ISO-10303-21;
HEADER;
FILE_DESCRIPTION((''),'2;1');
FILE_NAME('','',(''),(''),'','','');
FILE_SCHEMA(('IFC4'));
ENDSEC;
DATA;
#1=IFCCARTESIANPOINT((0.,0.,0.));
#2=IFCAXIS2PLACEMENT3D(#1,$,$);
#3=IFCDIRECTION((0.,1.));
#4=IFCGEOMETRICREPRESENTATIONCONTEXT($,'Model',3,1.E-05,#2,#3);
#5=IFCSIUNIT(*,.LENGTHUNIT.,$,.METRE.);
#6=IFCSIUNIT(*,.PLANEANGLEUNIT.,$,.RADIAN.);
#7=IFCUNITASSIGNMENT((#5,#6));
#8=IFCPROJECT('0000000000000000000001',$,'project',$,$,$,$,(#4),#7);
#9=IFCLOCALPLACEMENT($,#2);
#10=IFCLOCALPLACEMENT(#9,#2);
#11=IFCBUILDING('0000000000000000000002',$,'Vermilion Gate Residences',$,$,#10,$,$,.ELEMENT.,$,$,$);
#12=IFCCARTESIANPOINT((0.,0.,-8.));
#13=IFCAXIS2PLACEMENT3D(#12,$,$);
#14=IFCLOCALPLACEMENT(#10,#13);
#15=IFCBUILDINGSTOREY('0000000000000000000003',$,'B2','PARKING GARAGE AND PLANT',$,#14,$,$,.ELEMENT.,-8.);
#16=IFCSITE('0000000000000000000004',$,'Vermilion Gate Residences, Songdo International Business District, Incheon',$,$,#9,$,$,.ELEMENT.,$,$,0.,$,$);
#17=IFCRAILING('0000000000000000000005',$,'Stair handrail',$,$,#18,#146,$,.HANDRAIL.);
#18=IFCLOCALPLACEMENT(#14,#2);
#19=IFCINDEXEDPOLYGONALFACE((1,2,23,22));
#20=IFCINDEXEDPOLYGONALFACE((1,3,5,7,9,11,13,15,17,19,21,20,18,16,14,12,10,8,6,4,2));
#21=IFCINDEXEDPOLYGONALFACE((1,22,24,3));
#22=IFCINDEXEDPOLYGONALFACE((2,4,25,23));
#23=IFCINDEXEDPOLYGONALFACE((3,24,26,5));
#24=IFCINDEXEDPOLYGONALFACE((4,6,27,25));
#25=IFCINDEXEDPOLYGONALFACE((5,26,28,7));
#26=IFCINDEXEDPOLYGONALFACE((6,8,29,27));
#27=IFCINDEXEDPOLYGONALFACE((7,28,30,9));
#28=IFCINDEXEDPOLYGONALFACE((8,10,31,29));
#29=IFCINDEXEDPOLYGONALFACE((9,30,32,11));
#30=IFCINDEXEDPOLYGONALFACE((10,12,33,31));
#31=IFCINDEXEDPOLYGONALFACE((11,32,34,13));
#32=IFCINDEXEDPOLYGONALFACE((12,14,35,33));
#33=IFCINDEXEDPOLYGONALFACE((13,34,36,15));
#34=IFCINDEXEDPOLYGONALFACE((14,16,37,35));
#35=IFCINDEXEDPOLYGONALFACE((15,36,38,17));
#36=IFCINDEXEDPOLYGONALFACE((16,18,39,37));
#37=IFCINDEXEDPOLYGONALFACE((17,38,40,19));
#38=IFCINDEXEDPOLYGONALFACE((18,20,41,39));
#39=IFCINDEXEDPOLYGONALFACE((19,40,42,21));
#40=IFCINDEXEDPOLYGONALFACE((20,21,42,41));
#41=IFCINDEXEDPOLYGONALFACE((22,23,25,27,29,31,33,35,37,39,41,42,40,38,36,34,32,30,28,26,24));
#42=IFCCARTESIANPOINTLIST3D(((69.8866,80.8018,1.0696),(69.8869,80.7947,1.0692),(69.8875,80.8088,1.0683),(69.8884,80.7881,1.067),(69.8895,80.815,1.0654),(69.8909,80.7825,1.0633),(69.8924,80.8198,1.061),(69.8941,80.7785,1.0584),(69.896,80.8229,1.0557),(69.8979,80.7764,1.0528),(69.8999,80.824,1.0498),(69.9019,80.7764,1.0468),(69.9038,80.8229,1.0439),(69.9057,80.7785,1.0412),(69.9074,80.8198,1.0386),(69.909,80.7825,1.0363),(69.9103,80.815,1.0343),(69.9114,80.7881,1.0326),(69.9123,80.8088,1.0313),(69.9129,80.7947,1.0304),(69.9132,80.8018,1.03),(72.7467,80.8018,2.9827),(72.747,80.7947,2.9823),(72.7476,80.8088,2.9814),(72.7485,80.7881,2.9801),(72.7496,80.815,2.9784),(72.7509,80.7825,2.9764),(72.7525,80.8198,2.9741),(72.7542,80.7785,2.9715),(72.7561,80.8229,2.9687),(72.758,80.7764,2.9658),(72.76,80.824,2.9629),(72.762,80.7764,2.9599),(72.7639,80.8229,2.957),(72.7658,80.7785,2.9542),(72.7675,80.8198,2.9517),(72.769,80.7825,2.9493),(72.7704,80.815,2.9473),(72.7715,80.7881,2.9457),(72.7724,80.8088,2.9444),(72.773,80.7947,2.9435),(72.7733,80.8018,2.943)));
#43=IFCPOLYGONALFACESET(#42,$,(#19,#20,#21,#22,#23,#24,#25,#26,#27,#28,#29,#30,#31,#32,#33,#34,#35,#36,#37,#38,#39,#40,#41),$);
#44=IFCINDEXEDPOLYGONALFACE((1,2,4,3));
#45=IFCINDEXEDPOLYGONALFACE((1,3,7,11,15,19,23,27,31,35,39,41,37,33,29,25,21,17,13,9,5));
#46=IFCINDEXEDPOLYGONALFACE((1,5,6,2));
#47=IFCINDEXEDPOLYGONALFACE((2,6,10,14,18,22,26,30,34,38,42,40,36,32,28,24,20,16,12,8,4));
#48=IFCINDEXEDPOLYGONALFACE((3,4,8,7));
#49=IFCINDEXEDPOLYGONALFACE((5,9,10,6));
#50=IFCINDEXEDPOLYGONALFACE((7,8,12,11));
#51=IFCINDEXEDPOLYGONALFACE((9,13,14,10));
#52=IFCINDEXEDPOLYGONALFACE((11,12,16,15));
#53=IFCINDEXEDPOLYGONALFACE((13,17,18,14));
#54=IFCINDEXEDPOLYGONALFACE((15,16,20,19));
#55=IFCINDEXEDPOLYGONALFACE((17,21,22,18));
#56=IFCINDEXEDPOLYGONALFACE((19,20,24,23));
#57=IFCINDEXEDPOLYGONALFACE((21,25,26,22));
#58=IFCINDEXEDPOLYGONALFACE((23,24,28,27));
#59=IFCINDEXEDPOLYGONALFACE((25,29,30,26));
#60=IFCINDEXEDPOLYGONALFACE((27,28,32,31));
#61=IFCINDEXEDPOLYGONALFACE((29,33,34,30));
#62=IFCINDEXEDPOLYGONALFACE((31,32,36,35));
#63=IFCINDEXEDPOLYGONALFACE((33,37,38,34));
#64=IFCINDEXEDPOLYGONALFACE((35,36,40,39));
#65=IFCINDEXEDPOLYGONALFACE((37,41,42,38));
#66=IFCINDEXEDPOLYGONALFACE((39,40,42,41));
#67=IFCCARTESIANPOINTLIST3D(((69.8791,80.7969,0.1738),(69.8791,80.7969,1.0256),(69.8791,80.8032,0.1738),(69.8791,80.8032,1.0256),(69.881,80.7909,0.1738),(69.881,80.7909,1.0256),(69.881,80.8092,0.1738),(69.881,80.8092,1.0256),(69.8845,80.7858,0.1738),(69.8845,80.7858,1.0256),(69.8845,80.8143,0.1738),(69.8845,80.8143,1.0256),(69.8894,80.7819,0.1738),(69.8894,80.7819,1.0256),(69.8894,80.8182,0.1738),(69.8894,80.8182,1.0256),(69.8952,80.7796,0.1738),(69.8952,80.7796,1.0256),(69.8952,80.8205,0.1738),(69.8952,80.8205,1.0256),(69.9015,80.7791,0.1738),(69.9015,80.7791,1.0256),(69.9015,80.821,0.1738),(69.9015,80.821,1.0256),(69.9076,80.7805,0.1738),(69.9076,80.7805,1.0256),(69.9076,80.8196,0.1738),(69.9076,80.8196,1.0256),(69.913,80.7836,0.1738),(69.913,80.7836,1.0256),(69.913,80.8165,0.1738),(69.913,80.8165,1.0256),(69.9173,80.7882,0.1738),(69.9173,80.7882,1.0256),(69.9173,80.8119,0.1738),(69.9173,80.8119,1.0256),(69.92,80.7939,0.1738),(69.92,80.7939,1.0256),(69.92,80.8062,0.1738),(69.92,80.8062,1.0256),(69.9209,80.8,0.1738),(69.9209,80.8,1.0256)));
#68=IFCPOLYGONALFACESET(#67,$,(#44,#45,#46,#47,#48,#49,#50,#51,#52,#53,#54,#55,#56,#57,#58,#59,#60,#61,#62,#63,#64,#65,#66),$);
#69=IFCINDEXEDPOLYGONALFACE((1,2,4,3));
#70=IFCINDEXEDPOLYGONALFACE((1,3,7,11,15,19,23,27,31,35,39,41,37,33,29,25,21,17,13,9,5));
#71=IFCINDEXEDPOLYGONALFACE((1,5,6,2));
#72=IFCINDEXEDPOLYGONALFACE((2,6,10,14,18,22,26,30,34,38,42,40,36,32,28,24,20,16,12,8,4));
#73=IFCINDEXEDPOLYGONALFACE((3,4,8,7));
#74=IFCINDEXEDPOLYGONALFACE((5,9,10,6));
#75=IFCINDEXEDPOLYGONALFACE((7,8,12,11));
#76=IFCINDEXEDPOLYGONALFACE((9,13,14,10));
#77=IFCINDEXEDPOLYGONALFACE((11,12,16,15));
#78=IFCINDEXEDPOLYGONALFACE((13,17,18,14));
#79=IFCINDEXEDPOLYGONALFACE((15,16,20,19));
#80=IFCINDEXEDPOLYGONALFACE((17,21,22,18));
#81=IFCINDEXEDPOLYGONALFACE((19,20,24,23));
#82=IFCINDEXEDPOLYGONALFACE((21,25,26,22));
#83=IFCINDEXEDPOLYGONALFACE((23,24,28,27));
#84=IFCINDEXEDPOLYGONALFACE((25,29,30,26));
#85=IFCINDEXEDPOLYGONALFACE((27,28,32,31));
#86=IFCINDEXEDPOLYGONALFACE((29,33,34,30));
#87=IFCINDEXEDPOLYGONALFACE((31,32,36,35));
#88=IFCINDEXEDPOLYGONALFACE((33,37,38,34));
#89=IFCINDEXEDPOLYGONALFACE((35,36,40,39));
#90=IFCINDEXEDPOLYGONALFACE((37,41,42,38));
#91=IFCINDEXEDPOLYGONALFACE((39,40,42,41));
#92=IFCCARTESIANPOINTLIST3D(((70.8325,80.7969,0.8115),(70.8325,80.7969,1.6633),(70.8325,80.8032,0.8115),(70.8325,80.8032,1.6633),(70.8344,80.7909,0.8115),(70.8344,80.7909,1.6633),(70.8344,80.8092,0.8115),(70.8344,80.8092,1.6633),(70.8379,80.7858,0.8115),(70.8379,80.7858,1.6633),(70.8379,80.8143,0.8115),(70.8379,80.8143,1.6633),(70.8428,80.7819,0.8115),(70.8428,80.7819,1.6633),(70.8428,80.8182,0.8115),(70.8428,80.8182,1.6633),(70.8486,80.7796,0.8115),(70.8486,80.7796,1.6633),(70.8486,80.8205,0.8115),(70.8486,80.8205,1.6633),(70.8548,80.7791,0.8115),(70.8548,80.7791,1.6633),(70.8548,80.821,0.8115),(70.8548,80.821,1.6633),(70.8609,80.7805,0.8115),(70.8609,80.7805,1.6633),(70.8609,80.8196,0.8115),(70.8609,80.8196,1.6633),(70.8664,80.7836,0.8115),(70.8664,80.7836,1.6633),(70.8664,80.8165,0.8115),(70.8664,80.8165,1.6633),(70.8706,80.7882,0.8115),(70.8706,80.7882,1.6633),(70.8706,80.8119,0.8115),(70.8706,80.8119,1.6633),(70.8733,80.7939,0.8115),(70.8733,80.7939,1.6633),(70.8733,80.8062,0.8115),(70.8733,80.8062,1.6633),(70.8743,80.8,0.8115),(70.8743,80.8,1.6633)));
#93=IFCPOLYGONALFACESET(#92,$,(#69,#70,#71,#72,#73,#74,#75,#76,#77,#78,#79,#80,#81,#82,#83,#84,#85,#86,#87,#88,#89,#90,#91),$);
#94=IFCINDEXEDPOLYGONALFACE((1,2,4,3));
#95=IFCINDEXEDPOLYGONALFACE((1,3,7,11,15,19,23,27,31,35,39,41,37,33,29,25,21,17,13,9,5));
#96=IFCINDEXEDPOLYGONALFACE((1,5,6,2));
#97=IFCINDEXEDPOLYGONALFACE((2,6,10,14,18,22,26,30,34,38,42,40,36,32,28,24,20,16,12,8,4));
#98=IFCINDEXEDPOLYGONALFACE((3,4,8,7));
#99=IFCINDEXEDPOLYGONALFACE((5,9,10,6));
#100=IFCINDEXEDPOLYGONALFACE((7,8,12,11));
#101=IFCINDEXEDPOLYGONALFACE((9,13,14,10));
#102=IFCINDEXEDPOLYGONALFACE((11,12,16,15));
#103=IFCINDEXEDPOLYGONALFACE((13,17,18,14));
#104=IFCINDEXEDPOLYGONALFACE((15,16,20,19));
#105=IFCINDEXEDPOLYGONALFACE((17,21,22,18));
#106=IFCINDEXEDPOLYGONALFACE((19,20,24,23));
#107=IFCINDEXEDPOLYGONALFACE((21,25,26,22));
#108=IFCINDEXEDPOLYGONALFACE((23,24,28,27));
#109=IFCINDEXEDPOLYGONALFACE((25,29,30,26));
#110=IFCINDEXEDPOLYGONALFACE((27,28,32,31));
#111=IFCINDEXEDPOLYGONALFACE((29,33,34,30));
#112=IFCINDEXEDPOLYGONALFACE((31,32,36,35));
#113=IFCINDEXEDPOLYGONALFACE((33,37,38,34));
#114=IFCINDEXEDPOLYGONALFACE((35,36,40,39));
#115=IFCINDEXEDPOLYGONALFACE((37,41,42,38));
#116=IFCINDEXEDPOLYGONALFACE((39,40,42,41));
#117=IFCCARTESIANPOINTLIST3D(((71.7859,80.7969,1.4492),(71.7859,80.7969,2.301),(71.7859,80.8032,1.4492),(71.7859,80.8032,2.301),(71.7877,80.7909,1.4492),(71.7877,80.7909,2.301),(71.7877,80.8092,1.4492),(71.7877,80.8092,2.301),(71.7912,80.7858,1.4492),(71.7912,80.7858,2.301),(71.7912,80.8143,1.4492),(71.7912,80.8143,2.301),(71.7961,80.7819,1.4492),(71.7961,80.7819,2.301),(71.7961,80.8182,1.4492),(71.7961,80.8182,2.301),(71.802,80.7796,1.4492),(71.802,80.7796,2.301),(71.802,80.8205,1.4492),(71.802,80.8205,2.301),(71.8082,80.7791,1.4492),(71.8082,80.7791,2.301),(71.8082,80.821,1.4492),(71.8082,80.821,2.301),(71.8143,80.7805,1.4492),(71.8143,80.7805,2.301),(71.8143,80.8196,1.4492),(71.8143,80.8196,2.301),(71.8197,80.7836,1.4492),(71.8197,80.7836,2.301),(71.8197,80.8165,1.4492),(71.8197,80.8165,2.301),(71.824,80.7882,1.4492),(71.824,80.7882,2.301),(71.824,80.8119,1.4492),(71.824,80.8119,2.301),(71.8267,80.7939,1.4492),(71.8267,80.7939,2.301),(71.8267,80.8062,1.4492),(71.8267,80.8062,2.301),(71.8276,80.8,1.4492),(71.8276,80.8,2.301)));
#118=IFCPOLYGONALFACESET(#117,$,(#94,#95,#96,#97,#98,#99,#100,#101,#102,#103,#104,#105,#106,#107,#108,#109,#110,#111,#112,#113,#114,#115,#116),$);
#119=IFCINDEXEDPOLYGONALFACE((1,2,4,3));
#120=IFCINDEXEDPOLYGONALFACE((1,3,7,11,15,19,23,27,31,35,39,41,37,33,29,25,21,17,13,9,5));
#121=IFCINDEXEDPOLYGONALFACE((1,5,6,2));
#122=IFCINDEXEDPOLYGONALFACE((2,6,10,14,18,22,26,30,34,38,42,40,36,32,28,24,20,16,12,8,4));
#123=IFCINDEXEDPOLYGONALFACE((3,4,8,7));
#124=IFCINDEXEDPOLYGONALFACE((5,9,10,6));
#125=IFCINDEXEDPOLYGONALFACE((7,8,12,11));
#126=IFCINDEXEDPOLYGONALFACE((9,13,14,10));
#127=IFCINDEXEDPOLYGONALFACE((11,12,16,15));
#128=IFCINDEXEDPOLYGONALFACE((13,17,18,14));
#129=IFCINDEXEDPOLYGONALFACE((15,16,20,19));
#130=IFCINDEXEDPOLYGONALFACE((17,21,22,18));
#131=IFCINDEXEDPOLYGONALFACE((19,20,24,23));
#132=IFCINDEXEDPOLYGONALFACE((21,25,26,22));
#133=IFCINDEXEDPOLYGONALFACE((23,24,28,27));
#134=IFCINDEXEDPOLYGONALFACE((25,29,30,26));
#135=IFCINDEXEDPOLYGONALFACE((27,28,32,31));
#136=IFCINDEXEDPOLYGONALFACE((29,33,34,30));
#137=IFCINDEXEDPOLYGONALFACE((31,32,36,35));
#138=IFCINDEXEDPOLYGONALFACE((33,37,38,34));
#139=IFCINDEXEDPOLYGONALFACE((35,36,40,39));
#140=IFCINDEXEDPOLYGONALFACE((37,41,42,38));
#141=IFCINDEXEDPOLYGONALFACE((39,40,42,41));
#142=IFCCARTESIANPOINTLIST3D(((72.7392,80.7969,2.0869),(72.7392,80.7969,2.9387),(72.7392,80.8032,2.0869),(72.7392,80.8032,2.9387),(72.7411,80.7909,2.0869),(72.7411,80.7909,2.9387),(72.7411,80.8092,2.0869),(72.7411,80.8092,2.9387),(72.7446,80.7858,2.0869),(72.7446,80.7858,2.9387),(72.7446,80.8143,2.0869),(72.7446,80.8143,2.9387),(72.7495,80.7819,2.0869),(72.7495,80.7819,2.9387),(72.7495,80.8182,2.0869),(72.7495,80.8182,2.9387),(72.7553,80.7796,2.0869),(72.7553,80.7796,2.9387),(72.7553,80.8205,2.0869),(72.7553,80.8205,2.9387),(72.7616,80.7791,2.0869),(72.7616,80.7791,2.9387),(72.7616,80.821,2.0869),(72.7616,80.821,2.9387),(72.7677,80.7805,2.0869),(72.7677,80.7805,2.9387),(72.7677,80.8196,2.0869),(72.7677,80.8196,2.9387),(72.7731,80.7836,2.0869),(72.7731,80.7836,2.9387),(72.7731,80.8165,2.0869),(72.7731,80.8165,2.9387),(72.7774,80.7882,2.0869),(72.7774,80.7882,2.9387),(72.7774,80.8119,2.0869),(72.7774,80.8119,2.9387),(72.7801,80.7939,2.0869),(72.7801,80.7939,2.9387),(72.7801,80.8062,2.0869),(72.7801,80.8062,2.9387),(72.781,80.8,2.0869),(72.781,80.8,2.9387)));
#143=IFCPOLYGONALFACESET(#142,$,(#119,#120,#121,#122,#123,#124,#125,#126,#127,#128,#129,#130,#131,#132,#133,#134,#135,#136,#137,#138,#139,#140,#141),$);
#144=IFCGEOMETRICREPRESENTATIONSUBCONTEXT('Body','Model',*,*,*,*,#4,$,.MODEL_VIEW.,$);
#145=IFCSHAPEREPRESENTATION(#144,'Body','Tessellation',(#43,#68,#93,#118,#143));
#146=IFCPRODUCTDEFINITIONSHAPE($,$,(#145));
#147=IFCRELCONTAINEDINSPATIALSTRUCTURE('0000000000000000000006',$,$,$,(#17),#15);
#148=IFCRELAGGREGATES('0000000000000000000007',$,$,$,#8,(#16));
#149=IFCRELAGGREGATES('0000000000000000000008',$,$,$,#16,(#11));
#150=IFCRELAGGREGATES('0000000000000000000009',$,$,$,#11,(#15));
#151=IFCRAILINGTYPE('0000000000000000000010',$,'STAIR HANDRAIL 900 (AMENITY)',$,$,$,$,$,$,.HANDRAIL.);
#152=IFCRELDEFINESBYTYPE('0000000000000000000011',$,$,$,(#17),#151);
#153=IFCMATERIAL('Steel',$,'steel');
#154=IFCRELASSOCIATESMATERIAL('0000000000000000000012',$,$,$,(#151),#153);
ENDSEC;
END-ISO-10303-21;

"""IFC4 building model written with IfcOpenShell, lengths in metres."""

from ifc_helpers import new_model, si_unit, direction, frame, origin, origin_2d, place, context, subcontext, project, spatial, circle, extrude, material, type_object, element, save


model = new_model("IFC4")

# Units and contexts
model_context = context("Model", 3, precision=1e-05, world=origin(), true_north=direction((0.0, 1.0)))
body_context = subcontext(model_context, "Body", "Model", "MODEL_VIEW")
ifc_project = project(units=[si_unit("LENGTHUNIT", "METRE"), si_unit("PLANEANGLEUNIT", "RADIAN")], contexts=[model_context])

# Site, building, storey
site_placement = place(None, origin())
site = spatial("IfcSite", under=ifc_project, at=site_placement, Name="Vermilion Gate Residences, Songdo International Business District, Incheon", CompositionType="ELEMENT", RefElevation=0.0)
building_placement = place(site_placement, origin())
building = spatial("IfcBuilding", under=site, at=building_placement, Name="Vermilion Gate Residences", CompositionType="ELEMENT")
storey_placement = place(building_placement, frame((0.0, 0.0, -8.0)))
storey = spatial("IfcBuildingStorey", under=building, at=storey_placement, Name="B2", Description="PARKING GARAGE AND PLANT", CompositionType="ELEMENT", Elevation=-8.0)

# Railing
ifc_material_1 = material(Name="Steel", Category="steel")
railing_type = type_object("IfcRailingType", Name="STAIR HANDRAIL 900 (AMENITY)", PredefinedType="HANDRAIL", material=ifc_material_1)
railing_placement = place(storey_placement, frame((69.8999, 80.8, 0.1738)))
element("IfcRailing", 1, at=railing_placement, inside=storey, type_object=railing_type, Name="Stair handrail", PredefinedType="HANDRAIL", context=body_context, shape_type="SweptSolid", body=[
    extrude(circle(Radius=0.0239, at=origin_2d()), frame((0.0, 0.0, 0.876), z_axis=(0.831198, 0.0, 0.555977), x_axis=(0.0, 1.0, 0.0)), (0.0, 0.0, 1.0), 3.4409),
    extrude(circle(Radius=0.021, at=origin_2d()), origin(), (0.0, 0.0, 1.0), 0.8518),
    extrude(circle(Radius=0.021, at=origin_2d()), frame((0.9534, 0.0, 0.6377)), (0.0, 0.0, 1.0), 0.8518),
    extrude(circle(Radius=0.021, at=origin_2d()), frame((1.9067, 0.0, 1.2754)), (0.0, 0.0, 1.0), 0.8518),
    extrude(circle(Radius=0.021, at=origin_2d()), frame((2.8601, 0.0, 1.9131)), (0.0, 0.0, 1.0), 0.8518),
])

save(model, "model.ifc")
